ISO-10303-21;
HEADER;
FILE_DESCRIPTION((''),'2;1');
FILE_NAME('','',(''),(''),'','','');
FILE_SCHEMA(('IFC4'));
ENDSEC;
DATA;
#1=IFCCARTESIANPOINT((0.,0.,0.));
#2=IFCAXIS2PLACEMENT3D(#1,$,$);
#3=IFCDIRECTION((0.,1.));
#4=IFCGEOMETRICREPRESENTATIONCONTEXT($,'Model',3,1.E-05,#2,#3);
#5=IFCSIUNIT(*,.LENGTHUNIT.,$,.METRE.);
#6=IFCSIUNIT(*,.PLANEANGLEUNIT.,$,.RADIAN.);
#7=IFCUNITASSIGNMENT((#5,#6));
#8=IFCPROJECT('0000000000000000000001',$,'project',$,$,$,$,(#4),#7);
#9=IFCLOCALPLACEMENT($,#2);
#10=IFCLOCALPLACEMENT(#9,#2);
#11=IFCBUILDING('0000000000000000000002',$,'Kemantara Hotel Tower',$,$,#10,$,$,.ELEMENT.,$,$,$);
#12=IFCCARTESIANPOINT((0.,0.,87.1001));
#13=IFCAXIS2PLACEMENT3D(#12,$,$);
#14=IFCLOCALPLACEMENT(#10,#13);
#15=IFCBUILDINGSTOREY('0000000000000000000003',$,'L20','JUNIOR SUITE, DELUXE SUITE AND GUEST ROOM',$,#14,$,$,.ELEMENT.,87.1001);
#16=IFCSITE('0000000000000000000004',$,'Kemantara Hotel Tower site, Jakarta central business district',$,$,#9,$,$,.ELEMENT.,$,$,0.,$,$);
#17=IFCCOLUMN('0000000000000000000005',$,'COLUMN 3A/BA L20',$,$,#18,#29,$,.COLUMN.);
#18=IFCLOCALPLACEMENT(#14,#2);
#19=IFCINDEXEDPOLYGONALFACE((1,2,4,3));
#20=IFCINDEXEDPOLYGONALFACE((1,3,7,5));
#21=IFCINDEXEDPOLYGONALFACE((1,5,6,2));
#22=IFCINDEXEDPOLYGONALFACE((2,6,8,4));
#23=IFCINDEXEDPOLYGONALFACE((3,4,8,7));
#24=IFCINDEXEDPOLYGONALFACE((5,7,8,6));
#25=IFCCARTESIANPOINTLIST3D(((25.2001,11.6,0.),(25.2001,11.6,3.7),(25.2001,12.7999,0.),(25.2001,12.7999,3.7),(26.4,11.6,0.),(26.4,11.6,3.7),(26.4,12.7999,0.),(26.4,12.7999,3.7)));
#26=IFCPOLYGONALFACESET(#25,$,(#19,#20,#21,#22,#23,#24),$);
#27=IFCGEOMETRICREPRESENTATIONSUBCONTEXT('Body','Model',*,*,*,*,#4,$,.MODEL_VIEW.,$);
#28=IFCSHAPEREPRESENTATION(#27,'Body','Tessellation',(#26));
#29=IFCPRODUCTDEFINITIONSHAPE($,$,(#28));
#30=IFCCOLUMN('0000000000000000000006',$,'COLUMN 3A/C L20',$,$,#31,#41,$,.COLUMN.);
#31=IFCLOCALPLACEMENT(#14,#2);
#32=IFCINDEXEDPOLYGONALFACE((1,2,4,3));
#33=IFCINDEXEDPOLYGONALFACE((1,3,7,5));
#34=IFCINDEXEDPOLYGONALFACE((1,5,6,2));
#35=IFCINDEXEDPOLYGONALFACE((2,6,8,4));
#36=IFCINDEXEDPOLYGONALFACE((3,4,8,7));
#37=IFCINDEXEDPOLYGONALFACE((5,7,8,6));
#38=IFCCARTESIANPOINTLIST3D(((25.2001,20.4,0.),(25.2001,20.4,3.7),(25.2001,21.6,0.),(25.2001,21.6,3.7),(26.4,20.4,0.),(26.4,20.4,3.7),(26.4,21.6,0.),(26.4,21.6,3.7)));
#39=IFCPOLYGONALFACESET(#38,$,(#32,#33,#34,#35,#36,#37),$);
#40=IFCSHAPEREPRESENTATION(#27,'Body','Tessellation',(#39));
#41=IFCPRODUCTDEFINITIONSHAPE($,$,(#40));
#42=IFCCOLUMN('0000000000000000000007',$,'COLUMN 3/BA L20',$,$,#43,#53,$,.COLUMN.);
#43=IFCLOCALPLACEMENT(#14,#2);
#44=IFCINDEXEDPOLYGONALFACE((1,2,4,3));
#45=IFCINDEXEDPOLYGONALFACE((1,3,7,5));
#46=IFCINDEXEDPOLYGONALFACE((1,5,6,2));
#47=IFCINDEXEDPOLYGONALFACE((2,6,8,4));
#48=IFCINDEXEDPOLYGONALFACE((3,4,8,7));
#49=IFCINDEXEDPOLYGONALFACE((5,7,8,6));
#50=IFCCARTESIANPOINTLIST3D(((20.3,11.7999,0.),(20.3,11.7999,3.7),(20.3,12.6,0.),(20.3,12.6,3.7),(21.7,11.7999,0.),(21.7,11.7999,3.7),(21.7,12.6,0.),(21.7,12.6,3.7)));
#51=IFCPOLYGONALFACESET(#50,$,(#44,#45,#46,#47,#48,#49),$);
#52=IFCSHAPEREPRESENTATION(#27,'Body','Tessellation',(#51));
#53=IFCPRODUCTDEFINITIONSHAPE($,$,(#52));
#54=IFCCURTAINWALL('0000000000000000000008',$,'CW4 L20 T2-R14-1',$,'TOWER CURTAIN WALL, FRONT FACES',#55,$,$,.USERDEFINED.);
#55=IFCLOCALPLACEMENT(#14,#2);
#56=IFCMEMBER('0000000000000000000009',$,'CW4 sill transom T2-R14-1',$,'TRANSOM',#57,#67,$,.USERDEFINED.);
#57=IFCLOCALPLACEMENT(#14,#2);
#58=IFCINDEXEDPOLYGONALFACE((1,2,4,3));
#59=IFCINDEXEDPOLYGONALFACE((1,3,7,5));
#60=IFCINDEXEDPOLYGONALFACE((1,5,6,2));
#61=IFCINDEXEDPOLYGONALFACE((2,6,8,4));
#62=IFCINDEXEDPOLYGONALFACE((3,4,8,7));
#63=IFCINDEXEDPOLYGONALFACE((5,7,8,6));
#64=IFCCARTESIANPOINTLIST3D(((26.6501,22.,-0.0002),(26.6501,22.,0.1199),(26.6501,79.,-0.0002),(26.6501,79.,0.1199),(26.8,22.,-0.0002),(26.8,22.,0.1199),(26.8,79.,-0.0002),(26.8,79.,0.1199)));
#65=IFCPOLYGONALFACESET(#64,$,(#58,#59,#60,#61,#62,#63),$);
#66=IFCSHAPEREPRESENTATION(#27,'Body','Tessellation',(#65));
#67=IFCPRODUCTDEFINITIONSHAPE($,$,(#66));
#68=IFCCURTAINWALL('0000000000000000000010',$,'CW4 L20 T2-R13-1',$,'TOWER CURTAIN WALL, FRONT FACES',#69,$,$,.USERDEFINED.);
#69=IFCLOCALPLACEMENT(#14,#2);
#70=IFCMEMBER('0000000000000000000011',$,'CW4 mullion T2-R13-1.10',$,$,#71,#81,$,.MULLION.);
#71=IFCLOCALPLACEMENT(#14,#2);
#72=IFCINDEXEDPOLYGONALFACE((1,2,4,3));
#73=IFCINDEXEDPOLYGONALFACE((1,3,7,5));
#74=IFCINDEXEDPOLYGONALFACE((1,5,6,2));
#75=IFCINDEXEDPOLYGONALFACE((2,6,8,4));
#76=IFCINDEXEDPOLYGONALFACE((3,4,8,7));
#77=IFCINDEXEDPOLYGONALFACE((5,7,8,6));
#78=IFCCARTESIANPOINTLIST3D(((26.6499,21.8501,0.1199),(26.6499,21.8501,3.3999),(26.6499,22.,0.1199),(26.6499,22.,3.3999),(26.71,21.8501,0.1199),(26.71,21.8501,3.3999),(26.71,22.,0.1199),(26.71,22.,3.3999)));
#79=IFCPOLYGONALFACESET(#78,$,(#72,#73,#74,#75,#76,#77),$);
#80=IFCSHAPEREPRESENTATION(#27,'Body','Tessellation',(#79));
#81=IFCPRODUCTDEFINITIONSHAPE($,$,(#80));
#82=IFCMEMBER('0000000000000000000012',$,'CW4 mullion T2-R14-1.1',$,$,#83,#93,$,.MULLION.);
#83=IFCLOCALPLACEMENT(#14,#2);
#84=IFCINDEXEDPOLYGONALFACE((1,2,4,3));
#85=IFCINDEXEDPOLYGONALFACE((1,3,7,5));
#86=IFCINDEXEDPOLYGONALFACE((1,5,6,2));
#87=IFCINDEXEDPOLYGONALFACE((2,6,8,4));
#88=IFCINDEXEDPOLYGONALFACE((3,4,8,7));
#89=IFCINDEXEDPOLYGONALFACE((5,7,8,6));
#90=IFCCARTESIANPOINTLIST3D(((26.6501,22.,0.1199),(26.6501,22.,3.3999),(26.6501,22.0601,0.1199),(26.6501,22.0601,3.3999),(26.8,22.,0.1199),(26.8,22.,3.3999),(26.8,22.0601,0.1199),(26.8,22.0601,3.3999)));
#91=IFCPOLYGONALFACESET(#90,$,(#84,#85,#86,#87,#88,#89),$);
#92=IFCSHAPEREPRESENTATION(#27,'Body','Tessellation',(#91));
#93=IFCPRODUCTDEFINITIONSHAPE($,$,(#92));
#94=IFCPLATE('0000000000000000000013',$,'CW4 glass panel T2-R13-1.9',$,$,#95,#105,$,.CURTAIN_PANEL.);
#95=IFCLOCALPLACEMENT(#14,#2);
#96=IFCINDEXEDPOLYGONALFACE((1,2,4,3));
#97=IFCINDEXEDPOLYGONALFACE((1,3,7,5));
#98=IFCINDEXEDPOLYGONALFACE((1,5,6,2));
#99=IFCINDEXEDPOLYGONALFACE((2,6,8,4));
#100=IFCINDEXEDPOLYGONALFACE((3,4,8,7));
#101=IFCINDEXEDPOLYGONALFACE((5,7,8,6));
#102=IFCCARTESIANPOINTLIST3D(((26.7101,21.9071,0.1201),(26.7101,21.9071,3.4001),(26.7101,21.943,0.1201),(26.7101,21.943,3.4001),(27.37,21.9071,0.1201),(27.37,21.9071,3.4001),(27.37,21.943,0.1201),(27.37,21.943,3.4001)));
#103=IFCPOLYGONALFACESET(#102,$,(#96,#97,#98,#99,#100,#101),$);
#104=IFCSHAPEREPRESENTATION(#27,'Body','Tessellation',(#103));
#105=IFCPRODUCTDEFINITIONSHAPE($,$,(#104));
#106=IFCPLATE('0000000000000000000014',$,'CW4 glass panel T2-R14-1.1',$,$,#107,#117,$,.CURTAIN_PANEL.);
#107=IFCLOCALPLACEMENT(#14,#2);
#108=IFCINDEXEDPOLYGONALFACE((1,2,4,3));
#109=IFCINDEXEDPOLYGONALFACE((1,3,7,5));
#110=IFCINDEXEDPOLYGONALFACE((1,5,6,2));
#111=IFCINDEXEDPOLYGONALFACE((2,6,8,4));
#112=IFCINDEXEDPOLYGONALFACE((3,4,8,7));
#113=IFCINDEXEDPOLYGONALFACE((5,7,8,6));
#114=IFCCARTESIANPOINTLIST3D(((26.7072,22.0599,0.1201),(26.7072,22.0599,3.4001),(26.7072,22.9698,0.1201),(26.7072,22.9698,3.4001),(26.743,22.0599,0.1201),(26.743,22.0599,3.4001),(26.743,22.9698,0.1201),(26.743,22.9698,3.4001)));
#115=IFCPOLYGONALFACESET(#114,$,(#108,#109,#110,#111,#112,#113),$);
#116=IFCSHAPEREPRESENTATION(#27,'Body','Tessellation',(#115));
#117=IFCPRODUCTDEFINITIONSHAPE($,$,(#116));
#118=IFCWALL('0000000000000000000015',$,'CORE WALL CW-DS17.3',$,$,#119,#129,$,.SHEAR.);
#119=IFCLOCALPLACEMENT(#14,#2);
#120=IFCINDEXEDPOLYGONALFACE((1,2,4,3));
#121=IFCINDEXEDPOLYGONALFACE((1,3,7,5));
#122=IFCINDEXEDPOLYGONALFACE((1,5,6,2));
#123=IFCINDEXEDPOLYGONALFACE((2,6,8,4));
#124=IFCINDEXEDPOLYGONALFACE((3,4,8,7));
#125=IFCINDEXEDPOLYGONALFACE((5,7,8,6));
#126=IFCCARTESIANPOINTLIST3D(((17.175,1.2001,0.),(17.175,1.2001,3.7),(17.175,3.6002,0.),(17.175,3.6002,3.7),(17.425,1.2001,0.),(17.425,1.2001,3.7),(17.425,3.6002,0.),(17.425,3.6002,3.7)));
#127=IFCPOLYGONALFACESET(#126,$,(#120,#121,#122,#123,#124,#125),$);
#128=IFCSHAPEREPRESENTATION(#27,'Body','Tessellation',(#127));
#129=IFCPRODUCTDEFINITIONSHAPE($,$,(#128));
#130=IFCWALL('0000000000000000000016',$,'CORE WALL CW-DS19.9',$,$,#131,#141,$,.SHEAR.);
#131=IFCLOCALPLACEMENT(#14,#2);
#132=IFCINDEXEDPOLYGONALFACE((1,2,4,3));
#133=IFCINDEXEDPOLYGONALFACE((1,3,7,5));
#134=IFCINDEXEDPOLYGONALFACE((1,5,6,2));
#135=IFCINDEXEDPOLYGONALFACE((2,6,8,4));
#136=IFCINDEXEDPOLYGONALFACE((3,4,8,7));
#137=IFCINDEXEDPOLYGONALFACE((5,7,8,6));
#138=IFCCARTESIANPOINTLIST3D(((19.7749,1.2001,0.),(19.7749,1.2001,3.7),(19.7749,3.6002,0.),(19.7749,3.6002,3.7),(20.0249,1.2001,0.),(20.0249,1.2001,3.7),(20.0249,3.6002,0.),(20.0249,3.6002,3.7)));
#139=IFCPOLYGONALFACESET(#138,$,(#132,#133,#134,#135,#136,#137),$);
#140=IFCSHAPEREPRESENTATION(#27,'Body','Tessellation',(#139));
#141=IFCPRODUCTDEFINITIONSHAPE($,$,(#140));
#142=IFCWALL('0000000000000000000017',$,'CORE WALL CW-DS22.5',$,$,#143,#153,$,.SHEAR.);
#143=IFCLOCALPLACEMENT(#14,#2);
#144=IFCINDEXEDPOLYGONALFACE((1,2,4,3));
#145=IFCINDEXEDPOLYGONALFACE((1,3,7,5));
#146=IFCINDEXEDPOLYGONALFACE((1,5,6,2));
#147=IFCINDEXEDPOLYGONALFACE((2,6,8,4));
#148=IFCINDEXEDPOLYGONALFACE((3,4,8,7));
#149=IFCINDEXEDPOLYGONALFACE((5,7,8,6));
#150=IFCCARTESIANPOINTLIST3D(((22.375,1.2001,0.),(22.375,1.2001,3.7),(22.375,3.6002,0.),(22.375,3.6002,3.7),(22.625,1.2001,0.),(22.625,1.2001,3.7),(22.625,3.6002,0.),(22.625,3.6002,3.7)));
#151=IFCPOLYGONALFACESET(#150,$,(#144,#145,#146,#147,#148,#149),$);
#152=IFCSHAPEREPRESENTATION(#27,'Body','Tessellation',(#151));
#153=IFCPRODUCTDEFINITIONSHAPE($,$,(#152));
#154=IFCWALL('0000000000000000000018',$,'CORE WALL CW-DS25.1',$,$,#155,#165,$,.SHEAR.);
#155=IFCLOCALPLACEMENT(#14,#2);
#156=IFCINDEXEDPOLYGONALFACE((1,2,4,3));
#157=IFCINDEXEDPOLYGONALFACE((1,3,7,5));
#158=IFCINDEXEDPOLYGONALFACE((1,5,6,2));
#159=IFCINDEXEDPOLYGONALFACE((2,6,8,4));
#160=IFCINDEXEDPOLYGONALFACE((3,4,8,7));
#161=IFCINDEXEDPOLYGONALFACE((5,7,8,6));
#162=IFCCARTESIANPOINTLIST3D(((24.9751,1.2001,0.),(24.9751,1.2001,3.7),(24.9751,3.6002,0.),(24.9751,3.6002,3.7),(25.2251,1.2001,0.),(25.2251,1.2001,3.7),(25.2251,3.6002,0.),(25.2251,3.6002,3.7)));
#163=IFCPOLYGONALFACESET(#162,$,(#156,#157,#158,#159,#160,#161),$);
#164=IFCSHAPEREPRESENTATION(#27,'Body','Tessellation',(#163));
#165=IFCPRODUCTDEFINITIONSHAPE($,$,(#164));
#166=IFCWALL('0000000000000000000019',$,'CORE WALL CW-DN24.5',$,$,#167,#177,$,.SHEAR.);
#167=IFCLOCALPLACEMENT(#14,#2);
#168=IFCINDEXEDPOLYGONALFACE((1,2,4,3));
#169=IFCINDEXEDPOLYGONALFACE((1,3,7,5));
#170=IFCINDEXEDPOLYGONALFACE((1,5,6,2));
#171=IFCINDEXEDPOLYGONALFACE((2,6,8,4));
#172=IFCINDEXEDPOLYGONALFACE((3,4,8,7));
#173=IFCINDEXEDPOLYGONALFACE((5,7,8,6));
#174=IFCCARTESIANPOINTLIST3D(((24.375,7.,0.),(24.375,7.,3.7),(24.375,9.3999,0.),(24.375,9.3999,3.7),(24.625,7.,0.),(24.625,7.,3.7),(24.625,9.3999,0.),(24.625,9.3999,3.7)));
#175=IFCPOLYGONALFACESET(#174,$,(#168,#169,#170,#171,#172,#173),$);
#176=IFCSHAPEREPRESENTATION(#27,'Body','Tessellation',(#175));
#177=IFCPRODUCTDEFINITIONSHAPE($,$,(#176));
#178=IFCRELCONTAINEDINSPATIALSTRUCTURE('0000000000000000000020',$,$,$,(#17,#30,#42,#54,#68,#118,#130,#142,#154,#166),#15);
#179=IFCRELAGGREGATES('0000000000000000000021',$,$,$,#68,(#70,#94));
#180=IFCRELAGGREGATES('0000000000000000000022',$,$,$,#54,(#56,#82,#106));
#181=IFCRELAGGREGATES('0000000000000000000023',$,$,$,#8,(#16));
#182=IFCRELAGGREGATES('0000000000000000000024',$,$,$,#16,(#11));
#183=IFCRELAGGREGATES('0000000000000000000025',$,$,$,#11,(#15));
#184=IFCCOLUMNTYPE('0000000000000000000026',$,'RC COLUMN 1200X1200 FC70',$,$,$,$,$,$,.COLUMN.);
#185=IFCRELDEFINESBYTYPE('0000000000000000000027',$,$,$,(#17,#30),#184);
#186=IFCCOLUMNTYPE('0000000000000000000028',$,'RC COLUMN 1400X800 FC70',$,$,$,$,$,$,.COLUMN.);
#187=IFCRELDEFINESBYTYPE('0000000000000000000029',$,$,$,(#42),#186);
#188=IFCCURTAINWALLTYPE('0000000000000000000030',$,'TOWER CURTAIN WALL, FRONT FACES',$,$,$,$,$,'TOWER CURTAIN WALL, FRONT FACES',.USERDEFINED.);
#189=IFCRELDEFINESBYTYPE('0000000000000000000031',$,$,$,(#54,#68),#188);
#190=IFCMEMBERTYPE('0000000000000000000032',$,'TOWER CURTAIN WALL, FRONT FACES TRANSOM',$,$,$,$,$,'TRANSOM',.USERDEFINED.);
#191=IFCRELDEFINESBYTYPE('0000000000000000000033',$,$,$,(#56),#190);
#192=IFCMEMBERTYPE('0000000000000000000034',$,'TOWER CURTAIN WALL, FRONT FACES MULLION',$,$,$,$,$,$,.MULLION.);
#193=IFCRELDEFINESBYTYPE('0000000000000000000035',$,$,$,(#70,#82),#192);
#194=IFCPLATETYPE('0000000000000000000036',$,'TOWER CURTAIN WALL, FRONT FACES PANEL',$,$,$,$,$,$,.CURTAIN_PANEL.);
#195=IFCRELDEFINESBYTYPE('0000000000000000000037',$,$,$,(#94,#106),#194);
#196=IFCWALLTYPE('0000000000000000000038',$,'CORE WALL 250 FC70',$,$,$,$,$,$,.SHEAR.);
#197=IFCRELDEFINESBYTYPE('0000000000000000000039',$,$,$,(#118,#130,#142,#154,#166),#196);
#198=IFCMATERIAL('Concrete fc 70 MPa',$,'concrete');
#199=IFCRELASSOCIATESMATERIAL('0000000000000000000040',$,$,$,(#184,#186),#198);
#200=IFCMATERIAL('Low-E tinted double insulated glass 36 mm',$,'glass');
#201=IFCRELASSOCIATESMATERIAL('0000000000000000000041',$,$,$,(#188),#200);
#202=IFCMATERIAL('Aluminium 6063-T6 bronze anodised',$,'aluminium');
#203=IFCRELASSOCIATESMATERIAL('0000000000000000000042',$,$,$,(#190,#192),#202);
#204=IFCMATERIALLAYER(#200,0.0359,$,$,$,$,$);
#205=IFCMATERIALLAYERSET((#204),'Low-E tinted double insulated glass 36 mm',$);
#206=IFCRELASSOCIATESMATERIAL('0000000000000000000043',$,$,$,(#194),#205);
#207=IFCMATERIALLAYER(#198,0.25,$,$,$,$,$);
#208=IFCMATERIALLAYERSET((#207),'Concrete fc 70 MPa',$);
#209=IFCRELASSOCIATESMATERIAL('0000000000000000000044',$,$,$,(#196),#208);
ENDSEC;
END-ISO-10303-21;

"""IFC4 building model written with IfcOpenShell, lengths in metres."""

from ifc_helpers import new_model, si_unit, direction, frame, frame_2d, origin, origin_2d, place, context, subcontext, project, spatial, rectangle, extrude, source, transform, mapped, material, layer, layer_set, material_profile, profile_set, type_object, element, aggregate, save


model = new_model("IFC4")

# Units and contexts
model_context = context("Model", 3, precision=1e-05, world=origin(), true_north=direction((0.0, 1.0)))
body_context = subcontext(model_context, "Body", "Model", "MODEL_VIEW")
ifc_project = project(units=[si_unit("LENGTHUNIT", "METRE"), si_unit("PLANEANGLEUNIT", "RADIAN")], contexts=[model_context])

# Site, building, storey
site_placement = place(None, origin())
site = spatial("IfcSite", under=ifc_project, at=site_placement, Name="Kemantara Hotel Tower site, Jakarta central business district", CompositionType="ELEMENT", RefElevation=0.0)
building_placement = place(site_placement, origin())
building = spatial("IfcBuilding", under=site, at=building_placement, Name="Kemantara Hotel Tower", CompositionType="ELEMENT")
storey_placement = place(building_placement, frame((0.0, 0.0, 87.1001)))
storey = spatial("IfcBuildingStorey", under=building, at=storey_placement, Name="L20", Description="JUNIOR SUITE, DELUXE SUITE AND GUEST ROOM", CompositionType="ELEMENT", Elevation=87.1001)

# Columns
ifc_material_1 = material(Name="Concrete fc 70 MPa", Category="concrete")
ifc_material_profile_1 = material_profile(ifc_material_1, rectangle(XDim=1.2, YDim=1.2, at=origin_2d()), Name="RC 1200X1200")
ifc_profile_set_1 = profile_set([ifc_material_profile_1], Name="Concrete fc 70 MPa")
column_type_1 = type_object("IfcColumnType", Name="RC COLUMN 1200X1200 FC70", PredefinedType="COLUMN", material=ifc_profile_set_1)
for number, where, z_axis, x_axis, name in (
    (1, (25.8, 12.2, 0.0), (0.0, 0.0, 1.0), (1.0, 0.0, 0.0), "COLUMN 3A/BA L20"),
    (2, (25.8, 21.0, 0.0), (0.0, 0.0, 1.0), (1.0, 0.0, 0.0), "COLUMN 3A/C L20"),
):
    element("IfcColumn", number, at=place(storey_placement, frame(where, z_axis=z_axis, x_axis=x_axis)), inside=storey, type_object=column_type_1, Name=name, PredefinedType="COLUMN", context=body_context, shape_type="SweptSolid", body=[
        extrude(rectangle(XDim=1.2, YDim=1.2, at=origin_2d()), origin(), (0.0, 0.0, 1.0), 3.7),
    ])
ifc_material_profile_2 = material_profile(ifc_material_1, rectangle(XDim=1.3999, YDim=0.8, at=origin_2d()), Name="RC 1400X800")
ifc_profile_set_2 = profile_set([ifc_material_profile_2], Name="Concrete fc 70 MPa")
column_type_2 = type_object("IfcColumnType", Name="RC COLUMN 1400X800 FC70", PredefinedType="COLUMN", material=ifc_profile_set_2)
column_placement = place(storey_placement, frame((21.0, 12.2, 0.0), z_axis=(0.0, 0.0, 1.0), x_axis=(1.0, 0.0, 0.0)))
element("IfcColumn", 3, at=column_placement, inside=storey, type_object=column_type_2, Name="COLUMN 3/BA L20", PredefinedType="COLUMN", context=body_context, shape_type="SweptSolid", body=[
    extrude(rectangle(XDim=1.3999, YDim=0.8, at=origin_2d()), origin(), (0.0, 0.0, 1.0), 3.7),
])

# Curtain walls, members
ifc_material_2 = material(Name="Low-E tinted double insulated glass 36 mm", Category="glass")
curtain_wall_type = type_object("IfcCurtainWallType", Name="TOWER CURTAIN WALL, FRONT FACES", ElementType="TOWER CURTAIN WALL, FRONT FACES", PredefinedType="USERDEFINED", material=ifc_material_2)
curtain_wall_1_placement = place(storey_placement, origin())
curtain_wall_1 = element("IfcCurtainWall", 4, at=curtain_wall_1_placement, inside=storey, type_object=curtain_wall_type, Name="CW4 L20 T2-R14-1", ObjectType="TOWER CURTAIN WALL, FRONT FACES", PredefinedType="USERDEFINED")
ifc_material_3 = material(Name="Aluminium 6063-T6 bronze anodised", Category="aluminium")
ifc_material_profile_3 = material_profile(ifc_material_3, rectangle(XDim=0.1499, YDim=0.1201, at=origin_2d()), Name="TOWER CURTAIN WALL, FRONT FACES TRANSOM")
ifc_profile_set_3 = profile_set([ifc_material_profile_3], Name="Aluminium 6063-T6 bronze anodised")
member_type_1 = type_object("IfcMemberType", Name="TOWER CURTAIN WALL, FRONT FACES TRANSOM", ElementType="TRANSOM", PredefinedType="USERDEFINED", material=ifc_profile_set_3)
member_1_placement = place(storey_placement, frame((26.7251, 22.0, 0.0598), z_axis=(0.0, 1.0, 0.0), x_axis=(-1.0, 0.0, 0.0)))
member_1 = element("IfcMember", 5, at=member_1_placement, type_object=member_type_1, Name="CW4 sill transom T2-R14-1", ObjectType="TRANSOM", PredefinedType="USERDEFINED", context=body_context, shape_type="SweptSolid", body=[
    extrude(rectangle(XDim=0.1499, YDim=0.1201, at=origin_2d()), origin(), (0.0, 0.0, 1.0), 57.0),
])
curtain_wall_2_placement = place(storey_placement, origin())
curtain_wall_2 = element("IfcCurtainWall", 6, at=curtain_wall_2_placement, inside=storey, type_object=curtain_wall_type, Name="CW4 L20 T2-R13-1", ObjectType="TOWER CURTAIN WALL, FRONT FACES", PredefinedType="USERDEFINED")
ifc_material_profile_4 = material_profile(ifc_material_3, rectangle(XDim=0.1499, YDim=0.0601, at=origin_2d()), Name="TOWER CURTAIN WALL, FRONT FACES MULLION")
ifc_profile_set_4 = profile_set([ifc_material_profile_4], Name="Aluminium 6063-T6 bronze anodised")
member_type_2 = type_object("IfcMemberType", Name="TOWER CURTAIN WALL, FRONT FACES MULLION", PredefinedType="MULLION", material=ifc_profile_set_4)
shared_shape_1 = source(origin(), body_context, "Body", "SweptSolid", [
    extrude(rectangle(XDim=0.1499, YDim=0.0601, at=origin_2d()), origin(), (0.0, 0.0, 1.0), 3.28),
])
member_2_placement = place(storey_placement, frame((26.6799, 21.925, 0.1199), z_axis=(0.0, 0.0, 1.0), x_axis=(0.0, -1.0, 0.0)))
member_2 = element("IfcMember", 7, at=member_2_placement, type_object=member_type_2, Name="CW4 mullion T2-R13-1.10", PredefinedType="MULLION", context=body_context, shape_type="MappedRepresentation", body=[
    mapped(shared_shape_1, transform((0.0, 0.0, 0.0))),
])

# Member
member_3_placement = place(storey_placement, frame((26.7251, 22.03, 0.1199), z_axis=(0.0, 0.0, 1.0), x_axis=(-1.0, 0.0, 0.0)))
member_3 = element("IfcMember", 8, at=member_3_placement, type_object=member_type_2, Name="CW4 mullion T2-R14-1.1", PredefinedType="MULLION", context=body_context, shape_type="MappedRepresentation", body=[
    mapped(shared_shape_1, transform((0.0, 0.0, 0.0))),
])

# Plates
ifc_layer_1 = layer(ifc_material_2, 0.0359)
ifc_layer_set_1 = layer_set([ifc_layer_1], Name="Low-E tinted double insulated glass 36 mm")
plate_type = type_object("IfcPlateType", Name="TOWER CURTAIN WALL, FRONT FACES PANEL", PredefinedType="CURTAIN_PANEL", material=ifc_layer_set_1)
shared_shape_2 = source(origin(), body_context, "Body", "SweptSolid", [
    extrude(rectangle(XDim=0.6599, YDim=0.0359, at=origin_2d()), origin(), (0.0, 0.0, 1.0), 3.28),
])
plate_1_placement = place(storey_placement, frame((27.04, 21.925, 0.1201), z_axis=(0.0, 0.0, 1.0), x_axis=(-1.0, 0.0, 0.0)))
plate_1 = element("IfcPlate", 9, at=plate_1_placement, type_object=plate_type, Name="CW4 glass panel T2-R13-1.9", PredefinedType="CURTAIN_PANEL", context=body_context, shape_type="MappedRepresentation", body=[
    mapped(shared_shape_2, transform((0.0, 0.0, 0.0))),
])
aggregate(curtain_wall_2, [member_2, plate_1])
shared_shape_3 = source(origin(), body_context, "Body", "SweptSolid", [
    extrude(rectangle(XDim=0.9099, YDim=0.0359, at=origin_2d()), origin(), (0.0, 0.0, 1.0), 3.28),
])
plate_2_placement = place(storey_placement, frame((26.7251, 22.5149, 0.1201), z_axis=(0.0, 0.0, 1.0), x_axis=(0.0, 1.0, 0.0)))
plate_2 = element("IfcPlate", 10, at=plate_2_placement, type_object=plate_type, Name="CW4 glass panel T2-R14-1.1", PredefinedType="CURTAIN_PANEL", context=body_context, shape_type="MappedRepresentation", body=[
    mapped(shared_shape_3, transform((0.0, 0.0, 0.0))),
])
aggregate(curtain_wall_1, [member_1, member_3, plate_2])

# Walls
ifc_layer_2 = layer(ifc_material_1, 0.25)
ifc_layer_set_2 = layer_set([ifc_layer_2], Name="Concrete fc 70 MPa")
wall_type_1 = type_object("IfcWallType", Name="CORE WALL 250 FC70", PredefinedType="SHEAR", material=ifc_layer_set_2)
for number, where, z_axis, x_axis, name in (
    (11, (17.3, 1.2, 0.0), (0.0, 0.0, 1.0), (0.0, 1.0, 0.0), "CORE WALL CW-DS17.3"),
    (12, (19.8999, 1.2, 0.0), (0.0, 0.0, 1.0), (0.0, 1.0, 0.0), "CORE WALL CW-DS19.9"),
    (13, (22.5, 1.2, 0.0), (0.0, 0.0, 1.0), (0.0, 1.0, 0.0), "CORE WALL CW-DS22.5"),
    (14, (25.1001, 1.2, 0.0), (0.0, 0.0, 1.0), (0.0, 1.0, 0.0), "CORE WALL CW-DS25.1"),
):
    element("IfcWall", number, at=place(storey_placement, frame(where, z_axis=z_axis, x_axis=x_axis)), inside=storey, type_object=wall_type_1, Name=name, PredefinedType="SHEAR", context=body_context, shape_type="SweptSolid", body=[
        extrude(rectangle(XDim=2.4001, YDim=0.25, at=frame_2d((1.2002, 0.0))), origin(), (0.0, 0.0, 1.0), 3.7),
    ])
wall_1_placement = place(storey_placement, frame((24.5, 7.0, 0.0), z_axis=(0.0, 0.0, 1.0), x_axis=(0.0, 1.0, 0.0)))
element("IfcWall", 15, at=wall_1_placement, inside=storey, type_object=wall_type_1, Name="CORE WALL CW-DN24.5", PredefinedType="SHEAR", context=body_context, shape_type="SweptSolid", body=[
    extrude(rectangle(XDim=2.3999, YDim=0.25, at=frame_2d((1.2, 0.0))), origin(), (0.0, 0.0, 1.0), 3.7),
])

save(model, "model.ifc")
